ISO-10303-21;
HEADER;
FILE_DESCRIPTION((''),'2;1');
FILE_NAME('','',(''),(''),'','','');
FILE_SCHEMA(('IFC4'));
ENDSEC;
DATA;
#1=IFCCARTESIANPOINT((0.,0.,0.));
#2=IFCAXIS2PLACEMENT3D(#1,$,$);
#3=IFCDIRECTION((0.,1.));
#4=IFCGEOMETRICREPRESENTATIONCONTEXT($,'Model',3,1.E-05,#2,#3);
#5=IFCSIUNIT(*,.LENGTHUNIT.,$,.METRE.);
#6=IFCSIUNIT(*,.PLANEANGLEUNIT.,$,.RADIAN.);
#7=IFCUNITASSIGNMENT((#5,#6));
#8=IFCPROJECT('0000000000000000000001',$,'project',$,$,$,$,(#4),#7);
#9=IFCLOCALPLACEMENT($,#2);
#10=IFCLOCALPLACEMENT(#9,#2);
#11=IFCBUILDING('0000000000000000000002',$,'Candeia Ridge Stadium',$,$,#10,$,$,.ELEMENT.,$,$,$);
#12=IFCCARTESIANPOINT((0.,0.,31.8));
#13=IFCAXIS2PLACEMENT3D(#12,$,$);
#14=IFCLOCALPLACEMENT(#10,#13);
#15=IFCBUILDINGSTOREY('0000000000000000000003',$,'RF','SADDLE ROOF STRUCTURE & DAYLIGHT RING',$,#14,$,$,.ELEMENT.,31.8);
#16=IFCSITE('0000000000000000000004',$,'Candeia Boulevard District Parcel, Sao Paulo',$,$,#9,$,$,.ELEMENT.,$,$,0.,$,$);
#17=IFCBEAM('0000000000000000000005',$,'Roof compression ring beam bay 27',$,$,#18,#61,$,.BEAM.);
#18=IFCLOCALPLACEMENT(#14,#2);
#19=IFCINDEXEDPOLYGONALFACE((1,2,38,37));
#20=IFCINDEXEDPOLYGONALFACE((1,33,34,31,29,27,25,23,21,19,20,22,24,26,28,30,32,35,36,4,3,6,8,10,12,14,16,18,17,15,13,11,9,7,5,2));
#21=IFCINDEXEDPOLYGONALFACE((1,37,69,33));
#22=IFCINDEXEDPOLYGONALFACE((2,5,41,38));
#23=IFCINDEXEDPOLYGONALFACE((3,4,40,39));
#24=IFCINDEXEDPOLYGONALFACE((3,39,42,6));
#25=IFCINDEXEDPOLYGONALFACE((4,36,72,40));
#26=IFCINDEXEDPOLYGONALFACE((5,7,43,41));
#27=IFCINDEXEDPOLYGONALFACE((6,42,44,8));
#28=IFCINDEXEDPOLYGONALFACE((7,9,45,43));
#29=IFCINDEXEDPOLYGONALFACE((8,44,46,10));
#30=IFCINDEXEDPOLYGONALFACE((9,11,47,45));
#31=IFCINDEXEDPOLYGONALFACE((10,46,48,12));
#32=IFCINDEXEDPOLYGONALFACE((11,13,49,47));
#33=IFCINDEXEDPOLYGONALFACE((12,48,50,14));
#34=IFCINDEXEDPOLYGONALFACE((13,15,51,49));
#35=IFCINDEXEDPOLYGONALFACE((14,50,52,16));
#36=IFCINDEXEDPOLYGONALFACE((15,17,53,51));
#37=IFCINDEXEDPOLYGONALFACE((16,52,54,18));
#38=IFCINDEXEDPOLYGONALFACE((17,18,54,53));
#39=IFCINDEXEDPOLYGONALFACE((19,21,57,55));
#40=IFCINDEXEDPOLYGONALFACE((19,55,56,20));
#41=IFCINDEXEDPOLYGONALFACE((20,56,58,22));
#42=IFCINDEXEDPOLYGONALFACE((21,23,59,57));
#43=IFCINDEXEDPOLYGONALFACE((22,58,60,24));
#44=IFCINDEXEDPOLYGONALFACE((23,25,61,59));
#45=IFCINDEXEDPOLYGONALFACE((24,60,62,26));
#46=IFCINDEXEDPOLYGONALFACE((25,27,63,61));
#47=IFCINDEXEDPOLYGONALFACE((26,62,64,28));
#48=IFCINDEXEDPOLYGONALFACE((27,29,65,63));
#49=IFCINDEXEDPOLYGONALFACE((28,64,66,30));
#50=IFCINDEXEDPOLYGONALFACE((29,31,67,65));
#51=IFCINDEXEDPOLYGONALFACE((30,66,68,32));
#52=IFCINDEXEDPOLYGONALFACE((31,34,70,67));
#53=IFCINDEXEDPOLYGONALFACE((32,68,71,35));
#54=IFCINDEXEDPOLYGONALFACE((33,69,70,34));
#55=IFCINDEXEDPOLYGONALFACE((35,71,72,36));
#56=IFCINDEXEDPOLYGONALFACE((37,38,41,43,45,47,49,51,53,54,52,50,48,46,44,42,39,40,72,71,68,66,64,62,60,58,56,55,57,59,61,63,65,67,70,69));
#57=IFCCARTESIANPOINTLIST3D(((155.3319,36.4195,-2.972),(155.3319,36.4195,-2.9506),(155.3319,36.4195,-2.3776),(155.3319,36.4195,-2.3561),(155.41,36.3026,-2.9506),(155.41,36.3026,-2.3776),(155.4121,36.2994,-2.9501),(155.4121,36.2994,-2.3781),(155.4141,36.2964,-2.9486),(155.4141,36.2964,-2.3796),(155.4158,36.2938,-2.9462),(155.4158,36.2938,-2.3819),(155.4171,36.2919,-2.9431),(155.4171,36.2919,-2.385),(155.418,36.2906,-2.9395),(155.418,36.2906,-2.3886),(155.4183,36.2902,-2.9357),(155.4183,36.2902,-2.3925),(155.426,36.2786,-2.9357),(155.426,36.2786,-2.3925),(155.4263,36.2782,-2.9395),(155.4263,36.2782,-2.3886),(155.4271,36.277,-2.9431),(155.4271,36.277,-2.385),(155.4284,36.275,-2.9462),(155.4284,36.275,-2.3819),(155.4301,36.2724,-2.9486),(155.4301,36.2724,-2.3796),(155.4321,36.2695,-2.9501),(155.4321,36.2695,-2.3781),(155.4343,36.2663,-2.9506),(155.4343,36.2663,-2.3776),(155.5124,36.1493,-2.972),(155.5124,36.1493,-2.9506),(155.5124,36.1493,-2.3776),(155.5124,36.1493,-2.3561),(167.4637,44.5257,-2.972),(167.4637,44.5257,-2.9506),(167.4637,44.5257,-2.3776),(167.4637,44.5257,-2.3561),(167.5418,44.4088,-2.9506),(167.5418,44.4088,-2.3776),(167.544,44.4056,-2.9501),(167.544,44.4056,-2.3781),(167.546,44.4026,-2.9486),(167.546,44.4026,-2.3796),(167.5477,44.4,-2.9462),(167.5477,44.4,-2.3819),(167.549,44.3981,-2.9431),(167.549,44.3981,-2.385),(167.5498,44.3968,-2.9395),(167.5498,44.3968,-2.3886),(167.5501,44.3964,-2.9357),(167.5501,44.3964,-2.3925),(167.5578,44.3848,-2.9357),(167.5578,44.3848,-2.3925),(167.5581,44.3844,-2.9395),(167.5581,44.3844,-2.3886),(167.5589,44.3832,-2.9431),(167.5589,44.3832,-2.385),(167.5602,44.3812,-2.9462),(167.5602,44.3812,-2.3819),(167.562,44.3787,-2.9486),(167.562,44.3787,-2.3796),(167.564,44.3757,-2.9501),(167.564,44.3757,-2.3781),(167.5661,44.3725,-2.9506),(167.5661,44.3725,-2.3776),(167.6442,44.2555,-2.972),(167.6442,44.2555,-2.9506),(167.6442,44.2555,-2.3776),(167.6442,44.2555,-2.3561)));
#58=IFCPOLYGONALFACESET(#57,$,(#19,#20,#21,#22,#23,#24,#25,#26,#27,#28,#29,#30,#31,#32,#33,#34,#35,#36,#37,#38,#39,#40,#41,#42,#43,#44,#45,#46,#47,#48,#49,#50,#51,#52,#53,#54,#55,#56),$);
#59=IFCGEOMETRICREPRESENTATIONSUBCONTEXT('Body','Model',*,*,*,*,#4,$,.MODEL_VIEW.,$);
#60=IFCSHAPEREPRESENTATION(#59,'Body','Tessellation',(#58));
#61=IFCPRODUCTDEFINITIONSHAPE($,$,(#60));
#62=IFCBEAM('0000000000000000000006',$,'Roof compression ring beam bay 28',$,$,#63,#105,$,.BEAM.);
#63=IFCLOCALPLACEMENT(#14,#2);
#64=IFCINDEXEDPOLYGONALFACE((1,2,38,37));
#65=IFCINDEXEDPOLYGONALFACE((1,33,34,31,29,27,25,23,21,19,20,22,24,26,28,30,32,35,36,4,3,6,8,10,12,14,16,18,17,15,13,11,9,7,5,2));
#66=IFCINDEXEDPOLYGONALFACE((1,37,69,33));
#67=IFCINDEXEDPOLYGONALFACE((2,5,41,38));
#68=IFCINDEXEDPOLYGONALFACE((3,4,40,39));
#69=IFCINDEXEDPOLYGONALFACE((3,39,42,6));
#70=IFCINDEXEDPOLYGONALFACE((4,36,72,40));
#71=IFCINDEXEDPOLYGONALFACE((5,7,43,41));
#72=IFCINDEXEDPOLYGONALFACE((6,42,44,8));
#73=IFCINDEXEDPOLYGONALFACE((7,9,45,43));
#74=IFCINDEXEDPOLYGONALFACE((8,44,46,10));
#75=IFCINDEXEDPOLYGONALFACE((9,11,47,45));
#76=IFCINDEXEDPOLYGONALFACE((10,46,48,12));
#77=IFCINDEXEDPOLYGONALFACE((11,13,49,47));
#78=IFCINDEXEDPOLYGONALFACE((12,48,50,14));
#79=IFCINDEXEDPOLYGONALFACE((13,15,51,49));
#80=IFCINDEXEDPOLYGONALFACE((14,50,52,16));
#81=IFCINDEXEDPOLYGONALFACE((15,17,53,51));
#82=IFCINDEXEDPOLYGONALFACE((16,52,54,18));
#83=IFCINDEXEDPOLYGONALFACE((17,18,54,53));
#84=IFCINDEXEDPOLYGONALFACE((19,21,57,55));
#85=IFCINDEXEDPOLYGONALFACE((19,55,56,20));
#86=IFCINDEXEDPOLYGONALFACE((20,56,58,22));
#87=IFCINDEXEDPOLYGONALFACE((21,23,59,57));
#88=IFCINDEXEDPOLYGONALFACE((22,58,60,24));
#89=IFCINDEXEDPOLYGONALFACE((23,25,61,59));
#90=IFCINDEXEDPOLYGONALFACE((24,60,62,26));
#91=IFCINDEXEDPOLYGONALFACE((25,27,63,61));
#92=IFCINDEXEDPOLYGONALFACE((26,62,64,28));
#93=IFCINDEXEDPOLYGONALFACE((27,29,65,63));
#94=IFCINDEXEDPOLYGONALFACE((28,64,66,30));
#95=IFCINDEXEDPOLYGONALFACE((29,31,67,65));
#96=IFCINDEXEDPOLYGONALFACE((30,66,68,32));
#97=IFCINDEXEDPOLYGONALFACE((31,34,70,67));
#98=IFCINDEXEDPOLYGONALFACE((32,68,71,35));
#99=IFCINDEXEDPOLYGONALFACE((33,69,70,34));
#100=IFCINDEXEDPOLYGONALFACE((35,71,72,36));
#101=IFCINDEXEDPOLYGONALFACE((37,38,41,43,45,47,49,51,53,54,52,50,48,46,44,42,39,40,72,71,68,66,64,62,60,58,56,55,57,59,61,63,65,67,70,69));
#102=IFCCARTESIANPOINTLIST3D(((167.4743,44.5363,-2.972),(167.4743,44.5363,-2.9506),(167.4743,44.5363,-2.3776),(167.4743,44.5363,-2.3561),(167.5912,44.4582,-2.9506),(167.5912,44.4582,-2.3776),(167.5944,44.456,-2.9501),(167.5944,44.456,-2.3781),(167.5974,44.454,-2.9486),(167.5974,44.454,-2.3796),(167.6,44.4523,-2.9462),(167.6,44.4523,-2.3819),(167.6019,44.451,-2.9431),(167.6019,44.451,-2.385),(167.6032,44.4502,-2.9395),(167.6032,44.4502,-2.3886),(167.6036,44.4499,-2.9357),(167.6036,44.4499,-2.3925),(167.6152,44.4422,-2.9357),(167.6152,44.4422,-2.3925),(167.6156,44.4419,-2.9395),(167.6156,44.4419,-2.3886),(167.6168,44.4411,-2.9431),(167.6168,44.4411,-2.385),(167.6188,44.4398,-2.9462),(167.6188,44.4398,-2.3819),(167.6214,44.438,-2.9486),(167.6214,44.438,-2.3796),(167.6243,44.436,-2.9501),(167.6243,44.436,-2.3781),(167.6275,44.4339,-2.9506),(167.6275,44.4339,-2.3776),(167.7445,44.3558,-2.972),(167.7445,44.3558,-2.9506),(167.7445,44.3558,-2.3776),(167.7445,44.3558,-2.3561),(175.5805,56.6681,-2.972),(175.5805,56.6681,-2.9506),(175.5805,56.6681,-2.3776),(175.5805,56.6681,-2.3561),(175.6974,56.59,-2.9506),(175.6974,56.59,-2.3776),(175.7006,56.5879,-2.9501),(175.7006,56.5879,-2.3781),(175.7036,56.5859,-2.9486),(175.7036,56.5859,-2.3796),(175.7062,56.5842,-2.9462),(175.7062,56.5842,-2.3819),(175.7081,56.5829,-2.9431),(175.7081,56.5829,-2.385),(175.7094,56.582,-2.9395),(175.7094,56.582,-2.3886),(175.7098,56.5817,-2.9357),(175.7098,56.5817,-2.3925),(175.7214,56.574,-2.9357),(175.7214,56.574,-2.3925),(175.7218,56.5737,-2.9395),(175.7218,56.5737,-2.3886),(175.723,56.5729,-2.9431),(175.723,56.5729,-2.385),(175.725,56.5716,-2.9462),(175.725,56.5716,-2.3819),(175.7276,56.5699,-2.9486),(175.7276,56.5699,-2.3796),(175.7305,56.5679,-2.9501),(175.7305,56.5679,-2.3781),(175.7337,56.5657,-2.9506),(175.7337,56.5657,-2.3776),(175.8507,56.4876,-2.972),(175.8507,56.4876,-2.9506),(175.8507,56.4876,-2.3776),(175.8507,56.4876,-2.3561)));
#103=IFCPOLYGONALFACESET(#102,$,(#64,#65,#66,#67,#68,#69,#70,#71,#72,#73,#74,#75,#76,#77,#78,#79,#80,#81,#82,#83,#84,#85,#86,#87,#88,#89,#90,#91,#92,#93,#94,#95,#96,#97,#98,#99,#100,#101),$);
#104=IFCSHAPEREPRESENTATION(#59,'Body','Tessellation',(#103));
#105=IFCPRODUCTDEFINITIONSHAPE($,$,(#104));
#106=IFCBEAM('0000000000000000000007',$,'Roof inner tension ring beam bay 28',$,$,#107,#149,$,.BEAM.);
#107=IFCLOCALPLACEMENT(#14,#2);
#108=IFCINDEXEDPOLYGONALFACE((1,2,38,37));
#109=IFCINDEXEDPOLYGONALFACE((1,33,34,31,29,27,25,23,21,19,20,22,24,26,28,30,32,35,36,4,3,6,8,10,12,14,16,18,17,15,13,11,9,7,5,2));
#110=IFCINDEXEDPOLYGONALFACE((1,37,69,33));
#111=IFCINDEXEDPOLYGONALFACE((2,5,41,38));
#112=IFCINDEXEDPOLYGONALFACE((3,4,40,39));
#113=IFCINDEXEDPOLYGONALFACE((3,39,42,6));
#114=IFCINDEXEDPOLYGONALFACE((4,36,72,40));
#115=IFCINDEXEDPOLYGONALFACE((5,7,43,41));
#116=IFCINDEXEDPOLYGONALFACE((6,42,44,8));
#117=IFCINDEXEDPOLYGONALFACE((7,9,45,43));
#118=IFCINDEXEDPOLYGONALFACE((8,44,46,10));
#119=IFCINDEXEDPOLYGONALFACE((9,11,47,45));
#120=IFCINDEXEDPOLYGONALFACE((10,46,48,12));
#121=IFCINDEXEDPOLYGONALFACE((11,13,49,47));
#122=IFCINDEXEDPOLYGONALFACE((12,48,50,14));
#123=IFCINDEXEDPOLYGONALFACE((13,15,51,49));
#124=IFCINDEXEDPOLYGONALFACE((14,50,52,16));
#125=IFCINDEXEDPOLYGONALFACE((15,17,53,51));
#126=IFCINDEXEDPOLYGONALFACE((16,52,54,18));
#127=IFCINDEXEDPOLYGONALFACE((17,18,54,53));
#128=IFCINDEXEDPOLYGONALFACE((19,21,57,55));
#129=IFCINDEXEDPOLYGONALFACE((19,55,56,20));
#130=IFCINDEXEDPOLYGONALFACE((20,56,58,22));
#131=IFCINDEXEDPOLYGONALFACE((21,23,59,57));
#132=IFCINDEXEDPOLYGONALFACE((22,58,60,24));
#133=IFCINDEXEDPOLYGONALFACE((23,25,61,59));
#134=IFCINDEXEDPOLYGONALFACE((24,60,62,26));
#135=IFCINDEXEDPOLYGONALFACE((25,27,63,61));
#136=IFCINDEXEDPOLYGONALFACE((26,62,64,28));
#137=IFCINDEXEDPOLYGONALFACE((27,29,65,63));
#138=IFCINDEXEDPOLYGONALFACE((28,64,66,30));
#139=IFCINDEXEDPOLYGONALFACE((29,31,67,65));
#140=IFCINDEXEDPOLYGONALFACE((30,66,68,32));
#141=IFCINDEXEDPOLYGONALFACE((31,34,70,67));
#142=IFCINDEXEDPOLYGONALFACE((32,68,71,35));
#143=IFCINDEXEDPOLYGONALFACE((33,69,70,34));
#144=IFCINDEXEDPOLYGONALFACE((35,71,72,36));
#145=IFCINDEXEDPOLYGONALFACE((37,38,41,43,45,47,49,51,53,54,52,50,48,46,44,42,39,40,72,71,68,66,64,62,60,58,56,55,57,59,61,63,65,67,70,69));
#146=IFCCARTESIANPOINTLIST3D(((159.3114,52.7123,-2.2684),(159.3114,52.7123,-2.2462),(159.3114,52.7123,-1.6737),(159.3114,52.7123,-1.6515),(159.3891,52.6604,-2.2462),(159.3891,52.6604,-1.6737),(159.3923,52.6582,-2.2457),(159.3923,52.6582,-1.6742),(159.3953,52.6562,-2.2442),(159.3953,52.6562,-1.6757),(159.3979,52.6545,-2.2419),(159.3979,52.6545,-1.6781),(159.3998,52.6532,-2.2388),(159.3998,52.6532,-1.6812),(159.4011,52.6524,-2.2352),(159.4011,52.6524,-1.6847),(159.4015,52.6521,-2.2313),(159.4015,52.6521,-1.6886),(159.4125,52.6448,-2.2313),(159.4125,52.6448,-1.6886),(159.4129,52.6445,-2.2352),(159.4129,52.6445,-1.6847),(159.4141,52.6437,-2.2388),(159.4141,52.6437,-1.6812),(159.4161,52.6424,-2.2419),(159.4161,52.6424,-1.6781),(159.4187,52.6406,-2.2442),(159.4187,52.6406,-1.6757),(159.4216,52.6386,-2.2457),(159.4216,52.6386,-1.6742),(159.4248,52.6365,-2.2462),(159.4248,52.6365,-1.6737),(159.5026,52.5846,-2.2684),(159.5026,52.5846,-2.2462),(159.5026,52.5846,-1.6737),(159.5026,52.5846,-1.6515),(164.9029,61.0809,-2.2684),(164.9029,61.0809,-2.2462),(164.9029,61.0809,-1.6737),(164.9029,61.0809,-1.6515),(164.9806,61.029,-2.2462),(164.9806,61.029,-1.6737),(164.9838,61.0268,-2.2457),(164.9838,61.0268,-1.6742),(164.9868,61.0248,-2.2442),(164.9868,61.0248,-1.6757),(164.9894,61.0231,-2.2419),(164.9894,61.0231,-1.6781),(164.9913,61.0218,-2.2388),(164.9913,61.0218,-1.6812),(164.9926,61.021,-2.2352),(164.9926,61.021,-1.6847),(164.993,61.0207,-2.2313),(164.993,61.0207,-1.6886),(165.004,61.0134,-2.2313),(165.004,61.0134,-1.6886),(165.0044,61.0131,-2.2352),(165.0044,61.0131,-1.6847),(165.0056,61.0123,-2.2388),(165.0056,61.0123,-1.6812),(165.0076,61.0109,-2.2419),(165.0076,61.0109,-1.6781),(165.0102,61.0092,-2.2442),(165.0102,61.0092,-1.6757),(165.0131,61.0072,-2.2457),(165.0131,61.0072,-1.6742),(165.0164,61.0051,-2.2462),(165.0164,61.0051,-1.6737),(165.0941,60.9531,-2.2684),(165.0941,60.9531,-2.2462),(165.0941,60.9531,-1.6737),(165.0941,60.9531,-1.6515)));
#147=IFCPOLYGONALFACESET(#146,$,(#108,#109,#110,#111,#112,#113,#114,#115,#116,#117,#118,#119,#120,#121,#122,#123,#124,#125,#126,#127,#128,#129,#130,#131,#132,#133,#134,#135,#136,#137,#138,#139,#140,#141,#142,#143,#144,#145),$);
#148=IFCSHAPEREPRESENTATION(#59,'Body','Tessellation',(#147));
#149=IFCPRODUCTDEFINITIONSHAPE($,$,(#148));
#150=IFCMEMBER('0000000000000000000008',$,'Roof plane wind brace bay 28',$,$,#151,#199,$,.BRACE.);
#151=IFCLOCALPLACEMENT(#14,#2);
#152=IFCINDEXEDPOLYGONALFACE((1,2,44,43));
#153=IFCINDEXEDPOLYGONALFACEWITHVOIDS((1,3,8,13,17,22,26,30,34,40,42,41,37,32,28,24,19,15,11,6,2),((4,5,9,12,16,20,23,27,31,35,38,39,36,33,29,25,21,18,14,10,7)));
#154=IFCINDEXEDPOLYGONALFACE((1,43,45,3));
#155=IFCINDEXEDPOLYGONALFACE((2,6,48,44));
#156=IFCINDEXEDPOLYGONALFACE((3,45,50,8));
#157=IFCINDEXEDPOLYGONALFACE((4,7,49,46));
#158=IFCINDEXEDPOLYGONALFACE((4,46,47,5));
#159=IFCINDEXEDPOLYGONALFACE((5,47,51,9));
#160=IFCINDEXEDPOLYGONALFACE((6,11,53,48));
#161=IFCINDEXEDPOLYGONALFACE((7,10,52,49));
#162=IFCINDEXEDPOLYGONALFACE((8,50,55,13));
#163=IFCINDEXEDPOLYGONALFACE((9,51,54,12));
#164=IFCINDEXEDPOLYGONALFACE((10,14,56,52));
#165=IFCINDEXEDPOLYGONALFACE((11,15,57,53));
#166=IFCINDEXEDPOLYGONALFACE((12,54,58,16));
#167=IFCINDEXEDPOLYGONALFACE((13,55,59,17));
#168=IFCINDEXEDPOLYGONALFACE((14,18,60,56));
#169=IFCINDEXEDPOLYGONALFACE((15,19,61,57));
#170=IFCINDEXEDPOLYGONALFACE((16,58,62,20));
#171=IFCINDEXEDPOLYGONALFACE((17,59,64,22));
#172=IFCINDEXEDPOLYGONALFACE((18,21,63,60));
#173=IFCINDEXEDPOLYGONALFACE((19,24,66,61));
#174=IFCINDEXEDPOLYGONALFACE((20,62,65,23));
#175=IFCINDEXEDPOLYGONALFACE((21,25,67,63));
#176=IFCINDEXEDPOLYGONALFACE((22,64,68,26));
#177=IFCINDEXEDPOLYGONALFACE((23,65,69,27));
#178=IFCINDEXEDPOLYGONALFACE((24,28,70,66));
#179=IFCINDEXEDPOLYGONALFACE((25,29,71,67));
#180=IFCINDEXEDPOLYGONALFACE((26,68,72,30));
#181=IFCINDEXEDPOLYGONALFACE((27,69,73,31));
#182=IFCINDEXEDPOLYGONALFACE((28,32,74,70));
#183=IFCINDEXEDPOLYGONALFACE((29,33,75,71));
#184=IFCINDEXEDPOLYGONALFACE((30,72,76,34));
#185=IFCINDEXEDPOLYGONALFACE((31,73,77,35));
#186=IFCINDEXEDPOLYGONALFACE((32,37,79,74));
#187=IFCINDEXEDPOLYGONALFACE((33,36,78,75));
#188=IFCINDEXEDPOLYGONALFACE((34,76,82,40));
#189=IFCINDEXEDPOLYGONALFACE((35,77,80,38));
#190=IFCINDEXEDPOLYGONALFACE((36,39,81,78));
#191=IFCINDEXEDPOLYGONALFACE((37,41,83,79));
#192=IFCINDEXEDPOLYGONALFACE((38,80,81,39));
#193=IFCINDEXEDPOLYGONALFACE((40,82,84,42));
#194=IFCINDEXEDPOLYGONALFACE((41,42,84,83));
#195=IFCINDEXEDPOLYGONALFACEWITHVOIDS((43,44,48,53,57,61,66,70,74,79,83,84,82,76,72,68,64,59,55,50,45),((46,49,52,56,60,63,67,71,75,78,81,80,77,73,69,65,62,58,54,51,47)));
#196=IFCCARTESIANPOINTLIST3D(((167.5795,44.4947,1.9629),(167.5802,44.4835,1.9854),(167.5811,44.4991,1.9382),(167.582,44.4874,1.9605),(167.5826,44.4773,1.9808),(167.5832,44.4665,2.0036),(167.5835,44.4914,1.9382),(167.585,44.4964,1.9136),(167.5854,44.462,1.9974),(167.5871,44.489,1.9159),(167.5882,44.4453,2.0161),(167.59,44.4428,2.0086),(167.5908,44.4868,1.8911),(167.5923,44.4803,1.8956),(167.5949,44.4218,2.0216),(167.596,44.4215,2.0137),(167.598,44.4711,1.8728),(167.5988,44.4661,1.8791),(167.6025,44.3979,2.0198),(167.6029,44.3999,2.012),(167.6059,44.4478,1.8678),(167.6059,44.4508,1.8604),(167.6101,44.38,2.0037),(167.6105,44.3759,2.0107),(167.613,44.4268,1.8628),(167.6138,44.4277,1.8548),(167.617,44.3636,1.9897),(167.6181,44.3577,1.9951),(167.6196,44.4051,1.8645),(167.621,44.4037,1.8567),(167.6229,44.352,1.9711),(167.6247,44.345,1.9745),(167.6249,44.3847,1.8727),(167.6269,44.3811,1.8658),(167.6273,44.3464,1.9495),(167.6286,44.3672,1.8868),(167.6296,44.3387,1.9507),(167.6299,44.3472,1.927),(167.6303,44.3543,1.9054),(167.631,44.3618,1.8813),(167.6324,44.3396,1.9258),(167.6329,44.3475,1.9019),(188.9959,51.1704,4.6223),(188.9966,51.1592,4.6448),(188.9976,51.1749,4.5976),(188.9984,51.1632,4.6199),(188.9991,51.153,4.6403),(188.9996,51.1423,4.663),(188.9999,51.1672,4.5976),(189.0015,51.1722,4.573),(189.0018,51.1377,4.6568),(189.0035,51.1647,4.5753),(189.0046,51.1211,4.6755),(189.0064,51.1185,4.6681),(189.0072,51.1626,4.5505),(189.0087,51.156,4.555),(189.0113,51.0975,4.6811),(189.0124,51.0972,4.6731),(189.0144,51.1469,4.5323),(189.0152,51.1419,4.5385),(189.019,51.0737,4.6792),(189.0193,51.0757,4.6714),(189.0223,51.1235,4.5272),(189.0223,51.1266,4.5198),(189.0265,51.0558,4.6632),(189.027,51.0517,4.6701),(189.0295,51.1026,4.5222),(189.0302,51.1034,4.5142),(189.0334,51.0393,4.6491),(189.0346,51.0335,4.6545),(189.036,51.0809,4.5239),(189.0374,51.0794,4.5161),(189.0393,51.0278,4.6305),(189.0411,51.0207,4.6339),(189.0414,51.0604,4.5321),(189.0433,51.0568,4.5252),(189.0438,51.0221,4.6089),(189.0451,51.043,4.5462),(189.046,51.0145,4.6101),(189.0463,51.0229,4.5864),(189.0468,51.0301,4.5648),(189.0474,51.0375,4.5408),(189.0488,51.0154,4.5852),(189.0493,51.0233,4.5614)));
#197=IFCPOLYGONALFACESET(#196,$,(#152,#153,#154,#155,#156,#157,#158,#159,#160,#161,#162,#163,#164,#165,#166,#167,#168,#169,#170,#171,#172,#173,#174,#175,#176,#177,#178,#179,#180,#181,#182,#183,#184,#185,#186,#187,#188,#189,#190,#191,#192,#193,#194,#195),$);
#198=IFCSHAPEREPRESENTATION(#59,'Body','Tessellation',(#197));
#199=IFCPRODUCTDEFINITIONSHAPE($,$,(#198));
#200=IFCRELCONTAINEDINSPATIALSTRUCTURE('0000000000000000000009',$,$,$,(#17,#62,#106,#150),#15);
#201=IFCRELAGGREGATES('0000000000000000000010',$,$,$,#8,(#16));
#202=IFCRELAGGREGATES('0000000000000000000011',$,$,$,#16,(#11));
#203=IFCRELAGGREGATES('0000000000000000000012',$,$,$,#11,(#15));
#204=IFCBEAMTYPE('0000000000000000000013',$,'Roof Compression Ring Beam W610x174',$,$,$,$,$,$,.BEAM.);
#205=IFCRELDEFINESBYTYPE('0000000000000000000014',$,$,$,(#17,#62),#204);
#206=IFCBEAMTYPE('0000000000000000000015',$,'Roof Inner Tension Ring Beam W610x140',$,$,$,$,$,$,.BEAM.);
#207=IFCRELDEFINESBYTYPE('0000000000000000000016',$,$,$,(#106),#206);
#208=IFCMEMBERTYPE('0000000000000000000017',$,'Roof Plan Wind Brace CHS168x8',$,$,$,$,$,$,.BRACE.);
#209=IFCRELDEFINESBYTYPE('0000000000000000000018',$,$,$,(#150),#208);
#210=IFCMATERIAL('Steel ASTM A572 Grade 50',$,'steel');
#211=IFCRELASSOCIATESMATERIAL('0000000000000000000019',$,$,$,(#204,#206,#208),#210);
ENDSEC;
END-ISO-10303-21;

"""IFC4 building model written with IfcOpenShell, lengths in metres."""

from ifc_helpers import new_model, si_unit, direction, frame, origin, origin_2d, place, context, subcontext, project, spatial, hollow_circle, i_section, extrude, material, material_profile, profile_set, type_object, element, save


model = new_model("IFC4")

# Units and contexts
model_context = context("Model", 3, precision=1e-05, world=origin(), true_north=direction((0.0, 1.0)))
body_context = subcontext(model_context, "Body", "Model", "MODEL_VIEW")
ifc_project = project(units=[si_unit("LENGTHUNIT", "METRE"), si_unit("PLANEANGLEUNIT", "RADIAN")], contexts=[model_context])

# Site, building, storey
site_placement = place(None, origin())
site = spatial("IfcSite", under=ifc_project, at=site_placement, Name="Candeia Boulevard District Parcel, Sao Paulo", CompositionType="ELEMENT", RefElevation=0.0)
building_placement = place(site_placement, origin())
building = spatial("IfcBuilding", under=site, at=building_placement, Name="Candeia Ridge Stadium", CompositionType="ELEMENT")
storey_placement = place(building_placement, frame((0.0, 0.0, 31.8)))
storey = spatial("IfcBuildingStorey", under=building, at=storey_placement, Name="RF", Description="SADDLE ROOF STRUCTURE & DAYLIGHT RING", CompositionType="ELEMENT", Elevation=31.8)

# Beams
ifc_material_1 = material(Name="Steel ASTM A572 Grade 50", Category="steel")
ifc_material_profile_1 = material_profile(ifc_material_1, i_section(OverallWidth=0.325, OverallDepth=0.616, WebThickness=0.0139, FlangeThickness=0.0215, FilletRadius=0.0149, at=origin_2d()), Name="W610x174", Category="steel")
ifc_profile_set_1 = profile_set([ifc_material_profile_1], Name="Steel ASTM A572 Grade 50")
beam_type_1 = type_object("IfcBeamType", Name="Roof Compression Ring Beam W610x174", PredefinedType="BEAM", material=ifc_profile_set_1)
for number, where, z_axis, x_axis, name in (
    (1, (155.4221, 36.2844, -2.6641), (0.831471, 0.555569, 0.0), (-0.555569, 0.831471, 0.0), "Roof compression ring beam bay 27"),
    (2, (167.6094, 44.446, -2.6641), (0.555569, 0.831471, 0.0), (-0.831471, 0.555569, 0.0), "Roof compression ring beam bay 28"),
):
    element("IfcBeam", number, at=place(storey_placement, frame(where, z_axis=z_axis, x_axis=x_axis)), inside=storey, type_object=beam_type_1, Name=name, PredefinedType="BEAM", context=body_context, shape_type="SweptSolid", body=[
        extrude(i_section(OverallWidth=0.325, OverallDepth=0.616, WebThickness=0.0139, FlangeThickness=0.0215, FilletRadius=0.0149, at=origin_2d()), origin(), (0.0, 0.0, 1.0), 14.5908),
    ])
ifc_material_profile_2 = material_profile(ifc_material_1, i_section(OverallWidth=0.23, OverallDepth=0.6169, WebThickness=0.0132, FlangeThickness=0.0222, FilletRadius=0.0149, at=origin_2d()), Name="W610x140", Category="steel")
ifc_profile_set_2 = profile_set([ifc_material_profile_2], Name="Steel ASTM A572 Grade 50")
beam_type_2 = type_object("IfcBeamType", Name="Roof Inner Tension Ring Beam W610x140", PredefinedType="BEAM", material=ifc_profile_set_2)
beam_placement = place(storey_placement, frame((159.407, 52.6484, -1.96), z_axis=(0.555556, 0.831479, 0.0), x_axis=(-0.831479, 0.555556, 0.0)))
element("IfcBeam", 3, at=beam_placement, inside=storey, type_object=beam_type_2, Name="Roof inner tension ring beam bay 28", PredefinedType="BEAM", context=body_context, shape_type="SweptSolid", body=[
    extrude(i_section(OverallWidth=0.23, OverallDepth=0.6169, WebThickness=0.0132, FlangeThickness=0.0222, FilletRadius=0.0149, at=origin_2d()), origin(), (0.0, 0.0, 1.0), 10.0647),
])

# Member
ifc_material_profile_3 = material_profile(ifc_material_1, hollow_circle(Radius=0.0842, WallThickness=0.0081, at=origin_2d()), Name="CHS168x8", Category="steel")
ifc_profile_set_3 = profile_set([ifc_material_profile_3], Name="Steel ASTM A572 Grade 50")
member_type_1 = type_object("IfcMemberType", Name="Roof Plan Wind Brace CHS168x8", PredefinedType="BRACE", material=ifc_profile_set_3)
member_1_placement = place(storey_placement, frame((167.6062, 44.4187, 1.9382), z_axis=(0.948055, 0.29552, 0.117726), x_axis=(-0.29759, 0.954694, 0.0)))
element("IfcMember", 4, at=member_1_placement, inside=storey, type_object=member_type_1, Name="Roof plane wind brace bay 28", PredefinedType="BRACE", context=body_context, shape_type="SweptSolid", body=[
    extrude(hollow_circle(Radius=0.0842, WallThickness=0.0081, at=origin_2d()), origin(), (0.0, 0.0, 1.0), 22.5898),
])

save(model, "model.ifc")
